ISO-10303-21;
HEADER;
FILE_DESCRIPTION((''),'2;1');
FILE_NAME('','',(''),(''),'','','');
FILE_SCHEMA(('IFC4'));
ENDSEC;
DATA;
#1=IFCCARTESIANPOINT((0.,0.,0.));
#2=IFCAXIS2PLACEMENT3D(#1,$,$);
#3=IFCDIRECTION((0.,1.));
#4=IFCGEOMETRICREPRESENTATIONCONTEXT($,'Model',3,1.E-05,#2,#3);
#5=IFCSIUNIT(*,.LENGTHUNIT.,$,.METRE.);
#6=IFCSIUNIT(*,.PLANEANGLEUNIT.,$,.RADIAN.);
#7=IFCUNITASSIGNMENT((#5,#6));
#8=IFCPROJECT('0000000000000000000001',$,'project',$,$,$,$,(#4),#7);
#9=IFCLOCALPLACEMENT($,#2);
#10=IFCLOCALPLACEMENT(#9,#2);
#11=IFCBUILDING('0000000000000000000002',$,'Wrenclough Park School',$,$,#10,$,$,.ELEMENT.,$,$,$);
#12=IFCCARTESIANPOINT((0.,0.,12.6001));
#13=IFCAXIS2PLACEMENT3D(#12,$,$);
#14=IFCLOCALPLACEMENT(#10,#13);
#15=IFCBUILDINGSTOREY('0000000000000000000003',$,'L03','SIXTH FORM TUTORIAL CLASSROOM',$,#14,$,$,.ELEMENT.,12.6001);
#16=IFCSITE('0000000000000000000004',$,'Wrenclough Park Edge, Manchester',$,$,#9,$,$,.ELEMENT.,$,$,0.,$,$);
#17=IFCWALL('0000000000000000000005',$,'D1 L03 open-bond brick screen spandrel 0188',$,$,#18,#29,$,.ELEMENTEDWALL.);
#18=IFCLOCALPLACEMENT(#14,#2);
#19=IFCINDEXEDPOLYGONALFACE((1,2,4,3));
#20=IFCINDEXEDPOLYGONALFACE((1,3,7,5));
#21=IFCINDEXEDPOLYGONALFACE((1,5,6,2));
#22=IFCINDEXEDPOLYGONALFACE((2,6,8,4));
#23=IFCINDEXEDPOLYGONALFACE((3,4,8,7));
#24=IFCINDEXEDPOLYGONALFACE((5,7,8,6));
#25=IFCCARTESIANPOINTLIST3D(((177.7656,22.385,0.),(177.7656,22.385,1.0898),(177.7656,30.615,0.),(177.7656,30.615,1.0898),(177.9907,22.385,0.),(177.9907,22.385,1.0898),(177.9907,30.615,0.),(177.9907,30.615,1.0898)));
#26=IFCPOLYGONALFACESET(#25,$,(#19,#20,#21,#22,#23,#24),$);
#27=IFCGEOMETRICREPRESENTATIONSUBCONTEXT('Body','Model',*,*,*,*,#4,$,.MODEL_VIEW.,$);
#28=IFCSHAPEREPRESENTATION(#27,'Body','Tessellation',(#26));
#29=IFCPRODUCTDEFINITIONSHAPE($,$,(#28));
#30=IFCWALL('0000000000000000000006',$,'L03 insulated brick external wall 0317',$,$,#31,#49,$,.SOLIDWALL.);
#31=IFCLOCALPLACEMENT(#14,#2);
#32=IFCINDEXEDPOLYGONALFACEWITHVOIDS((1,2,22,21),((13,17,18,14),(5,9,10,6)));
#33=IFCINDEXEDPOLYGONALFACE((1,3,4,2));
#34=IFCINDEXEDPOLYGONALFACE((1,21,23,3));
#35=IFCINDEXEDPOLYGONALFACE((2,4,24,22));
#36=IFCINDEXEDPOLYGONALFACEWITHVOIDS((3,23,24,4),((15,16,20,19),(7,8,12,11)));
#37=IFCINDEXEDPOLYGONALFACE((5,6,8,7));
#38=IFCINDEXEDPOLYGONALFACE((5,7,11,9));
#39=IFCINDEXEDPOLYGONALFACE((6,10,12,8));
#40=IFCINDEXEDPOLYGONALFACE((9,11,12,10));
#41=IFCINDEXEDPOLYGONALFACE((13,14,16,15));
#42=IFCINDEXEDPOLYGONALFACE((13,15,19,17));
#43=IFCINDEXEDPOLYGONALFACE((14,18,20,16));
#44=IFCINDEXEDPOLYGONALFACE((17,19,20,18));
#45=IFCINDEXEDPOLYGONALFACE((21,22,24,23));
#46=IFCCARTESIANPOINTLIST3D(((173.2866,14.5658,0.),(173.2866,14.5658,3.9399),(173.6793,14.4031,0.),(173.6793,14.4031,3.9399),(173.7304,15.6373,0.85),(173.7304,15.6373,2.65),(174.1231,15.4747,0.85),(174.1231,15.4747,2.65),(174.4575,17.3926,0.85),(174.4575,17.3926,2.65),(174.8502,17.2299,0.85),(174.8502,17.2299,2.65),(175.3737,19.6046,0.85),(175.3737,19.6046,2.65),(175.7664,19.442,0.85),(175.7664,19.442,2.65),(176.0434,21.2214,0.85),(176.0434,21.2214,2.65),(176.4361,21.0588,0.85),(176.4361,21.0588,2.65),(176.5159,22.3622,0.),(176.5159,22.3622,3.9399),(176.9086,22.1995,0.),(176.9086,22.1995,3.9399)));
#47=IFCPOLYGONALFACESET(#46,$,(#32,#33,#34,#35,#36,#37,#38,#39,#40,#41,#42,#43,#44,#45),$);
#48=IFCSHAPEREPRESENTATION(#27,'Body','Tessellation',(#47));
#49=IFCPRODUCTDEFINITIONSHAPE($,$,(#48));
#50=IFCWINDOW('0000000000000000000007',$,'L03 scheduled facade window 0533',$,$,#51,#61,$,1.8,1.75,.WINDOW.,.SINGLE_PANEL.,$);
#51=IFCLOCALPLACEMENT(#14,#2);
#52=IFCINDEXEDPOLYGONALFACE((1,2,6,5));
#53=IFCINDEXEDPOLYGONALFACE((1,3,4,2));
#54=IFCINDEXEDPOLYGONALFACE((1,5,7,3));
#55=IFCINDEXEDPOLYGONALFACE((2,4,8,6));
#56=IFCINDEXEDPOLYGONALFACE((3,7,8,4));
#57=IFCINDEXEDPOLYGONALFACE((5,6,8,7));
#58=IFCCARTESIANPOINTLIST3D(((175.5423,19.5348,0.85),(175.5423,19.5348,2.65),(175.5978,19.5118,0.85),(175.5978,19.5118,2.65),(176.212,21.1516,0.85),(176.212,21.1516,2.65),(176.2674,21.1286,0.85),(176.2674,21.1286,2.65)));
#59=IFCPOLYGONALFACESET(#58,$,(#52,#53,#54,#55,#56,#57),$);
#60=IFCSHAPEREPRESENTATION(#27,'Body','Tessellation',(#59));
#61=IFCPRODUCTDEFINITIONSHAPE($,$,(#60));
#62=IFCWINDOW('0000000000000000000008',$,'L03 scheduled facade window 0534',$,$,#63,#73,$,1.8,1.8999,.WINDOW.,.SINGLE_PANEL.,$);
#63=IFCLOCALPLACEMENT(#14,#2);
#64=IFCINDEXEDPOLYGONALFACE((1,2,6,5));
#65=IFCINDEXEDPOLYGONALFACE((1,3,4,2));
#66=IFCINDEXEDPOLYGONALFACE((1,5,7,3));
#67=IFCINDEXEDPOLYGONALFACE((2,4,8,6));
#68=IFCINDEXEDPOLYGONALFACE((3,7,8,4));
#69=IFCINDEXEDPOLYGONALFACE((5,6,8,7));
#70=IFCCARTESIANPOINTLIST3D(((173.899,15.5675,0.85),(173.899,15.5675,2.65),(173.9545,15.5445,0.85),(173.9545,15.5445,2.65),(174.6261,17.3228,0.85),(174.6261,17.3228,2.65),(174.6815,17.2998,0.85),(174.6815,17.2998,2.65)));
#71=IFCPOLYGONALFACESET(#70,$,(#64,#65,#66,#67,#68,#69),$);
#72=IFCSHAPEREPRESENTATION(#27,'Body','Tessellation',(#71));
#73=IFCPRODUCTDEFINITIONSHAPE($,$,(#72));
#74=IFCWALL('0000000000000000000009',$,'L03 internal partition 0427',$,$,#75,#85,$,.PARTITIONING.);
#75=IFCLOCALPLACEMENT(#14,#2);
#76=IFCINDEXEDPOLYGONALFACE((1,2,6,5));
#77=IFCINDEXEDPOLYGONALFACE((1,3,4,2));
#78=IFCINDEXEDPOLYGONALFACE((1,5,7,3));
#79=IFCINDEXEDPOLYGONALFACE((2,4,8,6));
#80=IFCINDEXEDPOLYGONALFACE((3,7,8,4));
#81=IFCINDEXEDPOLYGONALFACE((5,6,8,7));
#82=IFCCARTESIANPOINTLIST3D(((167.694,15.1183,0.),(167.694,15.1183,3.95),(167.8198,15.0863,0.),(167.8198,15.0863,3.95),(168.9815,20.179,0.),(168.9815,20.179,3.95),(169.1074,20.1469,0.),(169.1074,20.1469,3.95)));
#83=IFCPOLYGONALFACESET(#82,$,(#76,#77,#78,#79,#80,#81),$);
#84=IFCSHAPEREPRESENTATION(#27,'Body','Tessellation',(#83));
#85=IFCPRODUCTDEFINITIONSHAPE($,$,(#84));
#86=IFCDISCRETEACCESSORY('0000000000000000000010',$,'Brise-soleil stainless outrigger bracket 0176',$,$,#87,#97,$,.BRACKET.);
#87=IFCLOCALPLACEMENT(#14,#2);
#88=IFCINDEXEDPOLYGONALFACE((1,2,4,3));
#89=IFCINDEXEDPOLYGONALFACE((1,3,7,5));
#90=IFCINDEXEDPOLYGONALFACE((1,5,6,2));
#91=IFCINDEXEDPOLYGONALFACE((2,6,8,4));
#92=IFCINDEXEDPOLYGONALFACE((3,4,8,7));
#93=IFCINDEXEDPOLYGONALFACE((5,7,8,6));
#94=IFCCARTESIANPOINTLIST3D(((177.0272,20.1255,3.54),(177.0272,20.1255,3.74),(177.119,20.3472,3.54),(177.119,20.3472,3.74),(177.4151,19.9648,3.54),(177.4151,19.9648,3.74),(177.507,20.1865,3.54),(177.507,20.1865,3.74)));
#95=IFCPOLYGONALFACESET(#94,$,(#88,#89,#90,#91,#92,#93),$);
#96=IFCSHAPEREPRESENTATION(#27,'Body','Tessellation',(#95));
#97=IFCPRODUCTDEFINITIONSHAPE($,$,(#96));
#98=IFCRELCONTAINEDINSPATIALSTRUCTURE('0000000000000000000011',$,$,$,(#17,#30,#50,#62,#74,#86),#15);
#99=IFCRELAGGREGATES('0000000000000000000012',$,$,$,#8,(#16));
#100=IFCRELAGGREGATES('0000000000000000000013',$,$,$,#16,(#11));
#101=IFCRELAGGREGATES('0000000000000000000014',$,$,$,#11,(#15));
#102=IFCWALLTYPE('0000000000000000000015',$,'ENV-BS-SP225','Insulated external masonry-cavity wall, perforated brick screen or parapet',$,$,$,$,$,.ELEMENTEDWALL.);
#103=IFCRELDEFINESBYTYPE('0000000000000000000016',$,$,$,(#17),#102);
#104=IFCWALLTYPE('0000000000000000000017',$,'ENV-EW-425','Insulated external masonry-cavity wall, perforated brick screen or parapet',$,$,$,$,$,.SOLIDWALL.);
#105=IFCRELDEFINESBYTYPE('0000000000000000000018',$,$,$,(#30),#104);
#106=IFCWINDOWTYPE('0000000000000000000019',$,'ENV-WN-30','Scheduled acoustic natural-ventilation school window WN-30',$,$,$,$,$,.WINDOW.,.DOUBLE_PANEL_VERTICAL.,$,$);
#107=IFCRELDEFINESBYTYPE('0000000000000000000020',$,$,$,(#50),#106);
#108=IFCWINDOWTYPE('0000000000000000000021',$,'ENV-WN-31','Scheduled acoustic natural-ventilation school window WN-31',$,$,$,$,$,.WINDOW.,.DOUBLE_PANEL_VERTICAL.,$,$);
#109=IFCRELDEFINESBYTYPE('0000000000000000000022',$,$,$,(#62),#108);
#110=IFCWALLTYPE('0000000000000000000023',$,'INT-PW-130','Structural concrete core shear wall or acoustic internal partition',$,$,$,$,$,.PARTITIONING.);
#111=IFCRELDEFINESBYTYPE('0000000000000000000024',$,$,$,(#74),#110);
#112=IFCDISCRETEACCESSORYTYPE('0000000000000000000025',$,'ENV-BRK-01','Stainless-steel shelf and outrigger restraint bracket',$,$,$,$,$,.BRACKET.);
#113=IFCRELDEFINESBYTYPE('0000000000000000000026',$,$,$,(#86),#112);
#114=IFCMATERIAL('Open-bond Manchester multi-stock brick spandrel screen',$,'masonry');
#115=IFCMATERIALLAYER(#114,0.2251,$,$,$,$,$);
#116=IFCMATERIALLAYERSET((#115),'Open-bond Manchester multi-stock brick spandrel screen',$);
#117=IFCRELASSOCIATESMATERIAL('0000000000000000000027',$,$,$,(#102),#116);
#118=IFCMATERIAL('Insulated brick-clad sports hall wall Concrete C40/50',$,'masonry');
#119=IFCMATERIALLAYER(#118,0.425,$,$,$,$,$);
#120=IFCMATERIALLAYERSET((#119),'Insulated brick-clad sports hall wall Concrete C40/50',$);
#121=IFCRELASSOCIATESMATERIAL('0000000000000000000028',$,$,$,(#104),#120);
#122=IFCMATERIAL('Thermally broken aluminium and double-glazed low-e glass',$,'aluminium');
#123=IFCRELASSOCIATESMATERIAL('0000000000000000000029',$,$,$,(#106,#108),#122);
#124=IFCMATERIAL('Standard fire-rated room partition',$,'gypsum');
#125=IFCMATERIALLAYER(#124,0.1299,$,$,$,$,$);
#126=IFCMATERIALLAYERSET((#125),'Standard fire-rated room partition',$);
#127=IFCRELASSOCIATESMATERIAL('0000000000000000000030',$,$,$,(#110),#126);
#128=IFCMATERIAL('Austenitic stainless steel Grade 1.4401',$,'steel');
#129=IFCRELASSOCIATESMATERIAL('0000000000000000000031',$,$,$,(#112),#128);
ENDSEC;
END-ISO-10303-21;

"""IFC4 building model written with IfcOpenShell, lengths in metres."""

from ifc_helpers import new_model, si_unit, direction, frame, frame_2d, origin, origin_2d, place, context, subcontext, project, spatial, rectangle, extrude, material, layer, layer_set, type_object, element, fill, save


model = new_model("IFC4")

# Units and contexts
model_context = context("Model", 3, precision=1e-05, world=origin(), true_north=direction((0.0, 1.0)))
body_context = subcontext(model_context, "Body", "Model", "MODEL_VIEW")
ifc_project = project(units=[si_unit("LENGTHUNIT", "METRE"), si_unit("PLANEANGLEUNIT", "RADIAN")], contexts=[model_context])

# Site, building, storey
site_placement = place(None, origin())
site = spatial("IfcSite", under=ifc_project, at=site_placement, Name="Wrenclough Park Edge, Manchester", CompositionType="ELEMENT", RefElevation=0.0)
building_placement = place(site_placement, origin())
building = spatial("IfcBuilding", under=site, at=building_placement, Name="Wrenclough Park School", CompositionType="ELEMENT")
storey_placement = place(building_placement, frame((0.0, 0.0, 12.6001)))
storey = spatial("IfcBuildingStorey", under=building, at=storey_placement, Name="L03", Description="SIXTH FORM TUTORIAL CLASSROOM", CompositionType="ELEMENT", Elevation=12.6001)

# Wall
ifc_material_1 = material(Name="Open-bond Manchester multi-stock brick spandrel screen", Category="masonry")
ifc_layer_1 = layer(ifc_material_1, 0.2251)
ifc_layer_set_1 = layer_set([ifc_layer_1], Name="Open-bond Manchester multi-stock brick spandrel screen")
wall_type_1 = type_object("IfcWallType", Name="ENV-BS-SP225", Description="Insulated external masonry-cavity wall, perforated brick screen or parapet", PredefinedType="ELEMENTEDWALL", material=ifc_layer_set_1)
wall_1_placement = place(storey_placement, frame((177.8782, 22.385, 0.0), z_axis=(0.0, 0.0, 1.0), x_axis=(0.0, 1.0, 0.0)))
element("IfcWall", 1, at=wall_1_placement, inside=storey, type_object=wall_type_1, Name="D1 L03 open-bond brick screen spandrel 0188", PredefinedType="ELEMENTEDWALL", context=body_context, shape_type="SweptSolid", body=[
    extrude(rectangle(XDim=8.23, YDim=0.2251, at=frame_2d((4.115, 0.0))), origin(), (0.0, 0.0, 1.0), 1.0898),
])

# Wall, openings, windows
ifc_material_2 = material(Name="Insulated brick-clad sports hall wall Concrete C40/50", Category="masonry")
ifc_layer_2 = layer(ifc_material_2, 0.425)
ifc_layer_set_2 = layer_set([ifc_layer_2], Name="Insulated brick-clad sports hall wall Concrete C40/50")
wall_type_2 = type_object("IfcWallType", Name="ENV-EW-425", Description="Insulated external masonry-cavity wall, perforated brick screen or parapet", PredefinedType="SOLIDWALL", material=ifc_layer_set_2)
wall_2_placement = place(storey_placement, frame((176.7122, 22.2808, 0.0), z_axis=(0.0, 0.0, 1.0), x_axis=(-0.382671, -0.923885, 0.0)))
wall_2 = element("IfcWall", 2, at=wall_2_placement, inside=storey, type_object=wall_type_2, Name="L03 insulated brick external wall 0317", PredefinedType="SOLIDWALL", context=body_context, shape_type="SweptSolid", body=[
    extrude(rectangle(XDim=8.4387, YDim=0.425, at=frame_2d((4.2192, 0.0))), origin(), (0.0, 0.0, 1.0), 3.9399),
])
opening_1_placement = place(wall_2_placement, frame((1.2346, 0.0, 0.8501)))
opening_1 = element("IfcOpeningElement", 3, at=opening_1_placement, cuts=wall_2, PredefinedType="OPENING", context=body_context, shape_type="SweptSolid", body=[
    extrude(rectangle(XDim=1.75, YDim=1.8, at=frame_2d((0.875, 0.8999))), frame((0.0, 0.2224, 0.0), z_axis=(0.0, -1.0, 0.0), x_axis=(1.0, 0.0, 0.0)), (0.0, 0.0, 1.0), 0.4451),
])
opening_2_placement = place(wall_2_placement, frame((5.3789, 0.0, 0.8501)))
opening_2 = element("IfcOpeningElement", 4, at=opening_2_placement, cuts=wall_2, PredefinedType="OPENING", context=body_context, shape_type="SweptSolid", body=[
    extrude(rectangle(XDim=1.8999, YDim=1.8, at=frame_2d((0.95, 0.8999))), frame((0.0, 0.2224, 0.0), z_axis=(0.0, -1.0, 0.0), x_axis=(1.0, 0.0, 0.0)), (0.0, 0.0, 1.0), 0.4451),
])
ifc_material_3 = material(Name="Thermally broken aluminium and double-glazed low-e glass", Category="aluminium")
window_type_1 = type_object("IfcWindowType", Name="ENV-WN-30", Description="Scheduled acoustic natural-ventilation school window WN-30", PartitioningType="DOUBLE_PANEL_VERTICAL", PredefinedType="WINDOW", material=ifc_material_3)
window_1_placement = place(opening_1_placement, origin())
window_1 = element("IfcWindow", 5, at=window_1_placement, inside=storey, type_object=window_type_1, Name="L03 scheduled facade window 0533", OverallHeight=1.8, OverallWidth=1.75, PartitioningType="SINGLE_PANEL", PredefinedType="WINDOW", context=body_context, shape_type="SweptSolid", body=[
    extrude(rectangle(XDim=1.75, YDim=1.8, at=frame_2d((0.875, 0.8999))), frame((0.0, 0.03, 0.0), z_axis=(0.0, -1.0, 0.0), x_axis=(1.0, 0.0, 0.0)), (0.0, 0.0, 1.0), 0.0601),
])
fill(opening_1, window_1)
window_type_2 = type_object("IfcWindowType", Name="ENV-WN-31", Description="Scheduled acoustic natural-ventilation school window WN-31", PartitioningType="DOUBLE_PANEL_VERTICAL", PredefinedType="WINDOW", material=ifc_material_3)
window_2_placement = place(opening_2_placement, origin())
window_2 = element("IfcWindow", 6, at=window_2_placement, inside=storey, type_object=window_type_2, Name="L03 scheduled facade window 0534", OverallHeight=1.8, OverallWidth=1.8999, PartitioningType="SINGLE_PANEL", PredefinedType="WINDOW", context=body_context, shape_type="SweptSolid", body=[
    extrude(rectangle(XDim=1.8999, YDim=1.8, at=frame_2d((0.95, 0.8999))), frame((0.0, 0.03, 0.0), z_axis=(0.0, -1.0, 0.0), x_axis=(1.0, 0.0, 0.0)), (0.0, 0.0, 1.0), 0.0601),
])
fill(opening_2, window_2)

# Wall
ifc_material_4 = material(Name="Standard fire-rated room partition", Category="gypsum")
ifc_layer_3 = layer(ifc_material_4, 0.1299)
ifc_layer_set_3 = layer_set([ifc_layer_3], Name="Standard fire-rated room partition")
wall_type_3 = type_object("IfcWallType", Name="INT-PW-130", Description="Structural concrete core shear wall or acoustic internal partition", PredefinedType="PARTITIONING", material=ifc_layer_set_3)
wall_3_placement = place(storey_placement, frame((169.0444, 20.1628, 0.0), z_axis=(0.0, 0.0, 1.0), x_axis=(-0.246571, -0.969125, 0.0)))
element("IfcWall", 7, at=wall_3_placement, inside=storey, type_object=wall_type_3, Name="L03 internal partition 0427", PredefinedType="PARTITIONING", context=body_context, shape_type="SweptSolid", body=[
    extrude(rectangle(XDim=5.2219, YDim=0.1299, at=frame_2d((2.6108, 0.0))), origin(), (0.0, 0.0, 1.0), 3.95),
])

# Discrete accessory
ifc_material_5 = material(Name="Austenitic stainless steel Grade 1.4401", Category="steel")
discrete_accessory_type = type_object("IfcDiscreteAccessoryType", Name="ENV-BRK-01", Description="Stainless-steel shelf and outrigger restraint bracket", PredefinedType="BRACKET", material=ifc_material_5)
discrete_accessory_placement = place(storey_placement, frame((177.2671, 20.156, 3.54), z_axis=(0.0, 0.0, 1.0), x_axis=(0.382684, 0.923879, 0.0)))
element("IfcDiscreteAccessory", 8, at=discrete_accessory_placement, inside=storey, type_object=discrete_accessory_type, Name="Brise-soleil stainless outrigger bracket 0176", PredefinedType="BRACKET", context=body_context, shape_type="SweptSolid", body=[
    extrude(rectangle(XDim=0.24, YDim=0.4199, at=origin_2d()), origin(), (0.0, 0.0, 1.0), 0.2),
])

save(model, "model.ifc")
